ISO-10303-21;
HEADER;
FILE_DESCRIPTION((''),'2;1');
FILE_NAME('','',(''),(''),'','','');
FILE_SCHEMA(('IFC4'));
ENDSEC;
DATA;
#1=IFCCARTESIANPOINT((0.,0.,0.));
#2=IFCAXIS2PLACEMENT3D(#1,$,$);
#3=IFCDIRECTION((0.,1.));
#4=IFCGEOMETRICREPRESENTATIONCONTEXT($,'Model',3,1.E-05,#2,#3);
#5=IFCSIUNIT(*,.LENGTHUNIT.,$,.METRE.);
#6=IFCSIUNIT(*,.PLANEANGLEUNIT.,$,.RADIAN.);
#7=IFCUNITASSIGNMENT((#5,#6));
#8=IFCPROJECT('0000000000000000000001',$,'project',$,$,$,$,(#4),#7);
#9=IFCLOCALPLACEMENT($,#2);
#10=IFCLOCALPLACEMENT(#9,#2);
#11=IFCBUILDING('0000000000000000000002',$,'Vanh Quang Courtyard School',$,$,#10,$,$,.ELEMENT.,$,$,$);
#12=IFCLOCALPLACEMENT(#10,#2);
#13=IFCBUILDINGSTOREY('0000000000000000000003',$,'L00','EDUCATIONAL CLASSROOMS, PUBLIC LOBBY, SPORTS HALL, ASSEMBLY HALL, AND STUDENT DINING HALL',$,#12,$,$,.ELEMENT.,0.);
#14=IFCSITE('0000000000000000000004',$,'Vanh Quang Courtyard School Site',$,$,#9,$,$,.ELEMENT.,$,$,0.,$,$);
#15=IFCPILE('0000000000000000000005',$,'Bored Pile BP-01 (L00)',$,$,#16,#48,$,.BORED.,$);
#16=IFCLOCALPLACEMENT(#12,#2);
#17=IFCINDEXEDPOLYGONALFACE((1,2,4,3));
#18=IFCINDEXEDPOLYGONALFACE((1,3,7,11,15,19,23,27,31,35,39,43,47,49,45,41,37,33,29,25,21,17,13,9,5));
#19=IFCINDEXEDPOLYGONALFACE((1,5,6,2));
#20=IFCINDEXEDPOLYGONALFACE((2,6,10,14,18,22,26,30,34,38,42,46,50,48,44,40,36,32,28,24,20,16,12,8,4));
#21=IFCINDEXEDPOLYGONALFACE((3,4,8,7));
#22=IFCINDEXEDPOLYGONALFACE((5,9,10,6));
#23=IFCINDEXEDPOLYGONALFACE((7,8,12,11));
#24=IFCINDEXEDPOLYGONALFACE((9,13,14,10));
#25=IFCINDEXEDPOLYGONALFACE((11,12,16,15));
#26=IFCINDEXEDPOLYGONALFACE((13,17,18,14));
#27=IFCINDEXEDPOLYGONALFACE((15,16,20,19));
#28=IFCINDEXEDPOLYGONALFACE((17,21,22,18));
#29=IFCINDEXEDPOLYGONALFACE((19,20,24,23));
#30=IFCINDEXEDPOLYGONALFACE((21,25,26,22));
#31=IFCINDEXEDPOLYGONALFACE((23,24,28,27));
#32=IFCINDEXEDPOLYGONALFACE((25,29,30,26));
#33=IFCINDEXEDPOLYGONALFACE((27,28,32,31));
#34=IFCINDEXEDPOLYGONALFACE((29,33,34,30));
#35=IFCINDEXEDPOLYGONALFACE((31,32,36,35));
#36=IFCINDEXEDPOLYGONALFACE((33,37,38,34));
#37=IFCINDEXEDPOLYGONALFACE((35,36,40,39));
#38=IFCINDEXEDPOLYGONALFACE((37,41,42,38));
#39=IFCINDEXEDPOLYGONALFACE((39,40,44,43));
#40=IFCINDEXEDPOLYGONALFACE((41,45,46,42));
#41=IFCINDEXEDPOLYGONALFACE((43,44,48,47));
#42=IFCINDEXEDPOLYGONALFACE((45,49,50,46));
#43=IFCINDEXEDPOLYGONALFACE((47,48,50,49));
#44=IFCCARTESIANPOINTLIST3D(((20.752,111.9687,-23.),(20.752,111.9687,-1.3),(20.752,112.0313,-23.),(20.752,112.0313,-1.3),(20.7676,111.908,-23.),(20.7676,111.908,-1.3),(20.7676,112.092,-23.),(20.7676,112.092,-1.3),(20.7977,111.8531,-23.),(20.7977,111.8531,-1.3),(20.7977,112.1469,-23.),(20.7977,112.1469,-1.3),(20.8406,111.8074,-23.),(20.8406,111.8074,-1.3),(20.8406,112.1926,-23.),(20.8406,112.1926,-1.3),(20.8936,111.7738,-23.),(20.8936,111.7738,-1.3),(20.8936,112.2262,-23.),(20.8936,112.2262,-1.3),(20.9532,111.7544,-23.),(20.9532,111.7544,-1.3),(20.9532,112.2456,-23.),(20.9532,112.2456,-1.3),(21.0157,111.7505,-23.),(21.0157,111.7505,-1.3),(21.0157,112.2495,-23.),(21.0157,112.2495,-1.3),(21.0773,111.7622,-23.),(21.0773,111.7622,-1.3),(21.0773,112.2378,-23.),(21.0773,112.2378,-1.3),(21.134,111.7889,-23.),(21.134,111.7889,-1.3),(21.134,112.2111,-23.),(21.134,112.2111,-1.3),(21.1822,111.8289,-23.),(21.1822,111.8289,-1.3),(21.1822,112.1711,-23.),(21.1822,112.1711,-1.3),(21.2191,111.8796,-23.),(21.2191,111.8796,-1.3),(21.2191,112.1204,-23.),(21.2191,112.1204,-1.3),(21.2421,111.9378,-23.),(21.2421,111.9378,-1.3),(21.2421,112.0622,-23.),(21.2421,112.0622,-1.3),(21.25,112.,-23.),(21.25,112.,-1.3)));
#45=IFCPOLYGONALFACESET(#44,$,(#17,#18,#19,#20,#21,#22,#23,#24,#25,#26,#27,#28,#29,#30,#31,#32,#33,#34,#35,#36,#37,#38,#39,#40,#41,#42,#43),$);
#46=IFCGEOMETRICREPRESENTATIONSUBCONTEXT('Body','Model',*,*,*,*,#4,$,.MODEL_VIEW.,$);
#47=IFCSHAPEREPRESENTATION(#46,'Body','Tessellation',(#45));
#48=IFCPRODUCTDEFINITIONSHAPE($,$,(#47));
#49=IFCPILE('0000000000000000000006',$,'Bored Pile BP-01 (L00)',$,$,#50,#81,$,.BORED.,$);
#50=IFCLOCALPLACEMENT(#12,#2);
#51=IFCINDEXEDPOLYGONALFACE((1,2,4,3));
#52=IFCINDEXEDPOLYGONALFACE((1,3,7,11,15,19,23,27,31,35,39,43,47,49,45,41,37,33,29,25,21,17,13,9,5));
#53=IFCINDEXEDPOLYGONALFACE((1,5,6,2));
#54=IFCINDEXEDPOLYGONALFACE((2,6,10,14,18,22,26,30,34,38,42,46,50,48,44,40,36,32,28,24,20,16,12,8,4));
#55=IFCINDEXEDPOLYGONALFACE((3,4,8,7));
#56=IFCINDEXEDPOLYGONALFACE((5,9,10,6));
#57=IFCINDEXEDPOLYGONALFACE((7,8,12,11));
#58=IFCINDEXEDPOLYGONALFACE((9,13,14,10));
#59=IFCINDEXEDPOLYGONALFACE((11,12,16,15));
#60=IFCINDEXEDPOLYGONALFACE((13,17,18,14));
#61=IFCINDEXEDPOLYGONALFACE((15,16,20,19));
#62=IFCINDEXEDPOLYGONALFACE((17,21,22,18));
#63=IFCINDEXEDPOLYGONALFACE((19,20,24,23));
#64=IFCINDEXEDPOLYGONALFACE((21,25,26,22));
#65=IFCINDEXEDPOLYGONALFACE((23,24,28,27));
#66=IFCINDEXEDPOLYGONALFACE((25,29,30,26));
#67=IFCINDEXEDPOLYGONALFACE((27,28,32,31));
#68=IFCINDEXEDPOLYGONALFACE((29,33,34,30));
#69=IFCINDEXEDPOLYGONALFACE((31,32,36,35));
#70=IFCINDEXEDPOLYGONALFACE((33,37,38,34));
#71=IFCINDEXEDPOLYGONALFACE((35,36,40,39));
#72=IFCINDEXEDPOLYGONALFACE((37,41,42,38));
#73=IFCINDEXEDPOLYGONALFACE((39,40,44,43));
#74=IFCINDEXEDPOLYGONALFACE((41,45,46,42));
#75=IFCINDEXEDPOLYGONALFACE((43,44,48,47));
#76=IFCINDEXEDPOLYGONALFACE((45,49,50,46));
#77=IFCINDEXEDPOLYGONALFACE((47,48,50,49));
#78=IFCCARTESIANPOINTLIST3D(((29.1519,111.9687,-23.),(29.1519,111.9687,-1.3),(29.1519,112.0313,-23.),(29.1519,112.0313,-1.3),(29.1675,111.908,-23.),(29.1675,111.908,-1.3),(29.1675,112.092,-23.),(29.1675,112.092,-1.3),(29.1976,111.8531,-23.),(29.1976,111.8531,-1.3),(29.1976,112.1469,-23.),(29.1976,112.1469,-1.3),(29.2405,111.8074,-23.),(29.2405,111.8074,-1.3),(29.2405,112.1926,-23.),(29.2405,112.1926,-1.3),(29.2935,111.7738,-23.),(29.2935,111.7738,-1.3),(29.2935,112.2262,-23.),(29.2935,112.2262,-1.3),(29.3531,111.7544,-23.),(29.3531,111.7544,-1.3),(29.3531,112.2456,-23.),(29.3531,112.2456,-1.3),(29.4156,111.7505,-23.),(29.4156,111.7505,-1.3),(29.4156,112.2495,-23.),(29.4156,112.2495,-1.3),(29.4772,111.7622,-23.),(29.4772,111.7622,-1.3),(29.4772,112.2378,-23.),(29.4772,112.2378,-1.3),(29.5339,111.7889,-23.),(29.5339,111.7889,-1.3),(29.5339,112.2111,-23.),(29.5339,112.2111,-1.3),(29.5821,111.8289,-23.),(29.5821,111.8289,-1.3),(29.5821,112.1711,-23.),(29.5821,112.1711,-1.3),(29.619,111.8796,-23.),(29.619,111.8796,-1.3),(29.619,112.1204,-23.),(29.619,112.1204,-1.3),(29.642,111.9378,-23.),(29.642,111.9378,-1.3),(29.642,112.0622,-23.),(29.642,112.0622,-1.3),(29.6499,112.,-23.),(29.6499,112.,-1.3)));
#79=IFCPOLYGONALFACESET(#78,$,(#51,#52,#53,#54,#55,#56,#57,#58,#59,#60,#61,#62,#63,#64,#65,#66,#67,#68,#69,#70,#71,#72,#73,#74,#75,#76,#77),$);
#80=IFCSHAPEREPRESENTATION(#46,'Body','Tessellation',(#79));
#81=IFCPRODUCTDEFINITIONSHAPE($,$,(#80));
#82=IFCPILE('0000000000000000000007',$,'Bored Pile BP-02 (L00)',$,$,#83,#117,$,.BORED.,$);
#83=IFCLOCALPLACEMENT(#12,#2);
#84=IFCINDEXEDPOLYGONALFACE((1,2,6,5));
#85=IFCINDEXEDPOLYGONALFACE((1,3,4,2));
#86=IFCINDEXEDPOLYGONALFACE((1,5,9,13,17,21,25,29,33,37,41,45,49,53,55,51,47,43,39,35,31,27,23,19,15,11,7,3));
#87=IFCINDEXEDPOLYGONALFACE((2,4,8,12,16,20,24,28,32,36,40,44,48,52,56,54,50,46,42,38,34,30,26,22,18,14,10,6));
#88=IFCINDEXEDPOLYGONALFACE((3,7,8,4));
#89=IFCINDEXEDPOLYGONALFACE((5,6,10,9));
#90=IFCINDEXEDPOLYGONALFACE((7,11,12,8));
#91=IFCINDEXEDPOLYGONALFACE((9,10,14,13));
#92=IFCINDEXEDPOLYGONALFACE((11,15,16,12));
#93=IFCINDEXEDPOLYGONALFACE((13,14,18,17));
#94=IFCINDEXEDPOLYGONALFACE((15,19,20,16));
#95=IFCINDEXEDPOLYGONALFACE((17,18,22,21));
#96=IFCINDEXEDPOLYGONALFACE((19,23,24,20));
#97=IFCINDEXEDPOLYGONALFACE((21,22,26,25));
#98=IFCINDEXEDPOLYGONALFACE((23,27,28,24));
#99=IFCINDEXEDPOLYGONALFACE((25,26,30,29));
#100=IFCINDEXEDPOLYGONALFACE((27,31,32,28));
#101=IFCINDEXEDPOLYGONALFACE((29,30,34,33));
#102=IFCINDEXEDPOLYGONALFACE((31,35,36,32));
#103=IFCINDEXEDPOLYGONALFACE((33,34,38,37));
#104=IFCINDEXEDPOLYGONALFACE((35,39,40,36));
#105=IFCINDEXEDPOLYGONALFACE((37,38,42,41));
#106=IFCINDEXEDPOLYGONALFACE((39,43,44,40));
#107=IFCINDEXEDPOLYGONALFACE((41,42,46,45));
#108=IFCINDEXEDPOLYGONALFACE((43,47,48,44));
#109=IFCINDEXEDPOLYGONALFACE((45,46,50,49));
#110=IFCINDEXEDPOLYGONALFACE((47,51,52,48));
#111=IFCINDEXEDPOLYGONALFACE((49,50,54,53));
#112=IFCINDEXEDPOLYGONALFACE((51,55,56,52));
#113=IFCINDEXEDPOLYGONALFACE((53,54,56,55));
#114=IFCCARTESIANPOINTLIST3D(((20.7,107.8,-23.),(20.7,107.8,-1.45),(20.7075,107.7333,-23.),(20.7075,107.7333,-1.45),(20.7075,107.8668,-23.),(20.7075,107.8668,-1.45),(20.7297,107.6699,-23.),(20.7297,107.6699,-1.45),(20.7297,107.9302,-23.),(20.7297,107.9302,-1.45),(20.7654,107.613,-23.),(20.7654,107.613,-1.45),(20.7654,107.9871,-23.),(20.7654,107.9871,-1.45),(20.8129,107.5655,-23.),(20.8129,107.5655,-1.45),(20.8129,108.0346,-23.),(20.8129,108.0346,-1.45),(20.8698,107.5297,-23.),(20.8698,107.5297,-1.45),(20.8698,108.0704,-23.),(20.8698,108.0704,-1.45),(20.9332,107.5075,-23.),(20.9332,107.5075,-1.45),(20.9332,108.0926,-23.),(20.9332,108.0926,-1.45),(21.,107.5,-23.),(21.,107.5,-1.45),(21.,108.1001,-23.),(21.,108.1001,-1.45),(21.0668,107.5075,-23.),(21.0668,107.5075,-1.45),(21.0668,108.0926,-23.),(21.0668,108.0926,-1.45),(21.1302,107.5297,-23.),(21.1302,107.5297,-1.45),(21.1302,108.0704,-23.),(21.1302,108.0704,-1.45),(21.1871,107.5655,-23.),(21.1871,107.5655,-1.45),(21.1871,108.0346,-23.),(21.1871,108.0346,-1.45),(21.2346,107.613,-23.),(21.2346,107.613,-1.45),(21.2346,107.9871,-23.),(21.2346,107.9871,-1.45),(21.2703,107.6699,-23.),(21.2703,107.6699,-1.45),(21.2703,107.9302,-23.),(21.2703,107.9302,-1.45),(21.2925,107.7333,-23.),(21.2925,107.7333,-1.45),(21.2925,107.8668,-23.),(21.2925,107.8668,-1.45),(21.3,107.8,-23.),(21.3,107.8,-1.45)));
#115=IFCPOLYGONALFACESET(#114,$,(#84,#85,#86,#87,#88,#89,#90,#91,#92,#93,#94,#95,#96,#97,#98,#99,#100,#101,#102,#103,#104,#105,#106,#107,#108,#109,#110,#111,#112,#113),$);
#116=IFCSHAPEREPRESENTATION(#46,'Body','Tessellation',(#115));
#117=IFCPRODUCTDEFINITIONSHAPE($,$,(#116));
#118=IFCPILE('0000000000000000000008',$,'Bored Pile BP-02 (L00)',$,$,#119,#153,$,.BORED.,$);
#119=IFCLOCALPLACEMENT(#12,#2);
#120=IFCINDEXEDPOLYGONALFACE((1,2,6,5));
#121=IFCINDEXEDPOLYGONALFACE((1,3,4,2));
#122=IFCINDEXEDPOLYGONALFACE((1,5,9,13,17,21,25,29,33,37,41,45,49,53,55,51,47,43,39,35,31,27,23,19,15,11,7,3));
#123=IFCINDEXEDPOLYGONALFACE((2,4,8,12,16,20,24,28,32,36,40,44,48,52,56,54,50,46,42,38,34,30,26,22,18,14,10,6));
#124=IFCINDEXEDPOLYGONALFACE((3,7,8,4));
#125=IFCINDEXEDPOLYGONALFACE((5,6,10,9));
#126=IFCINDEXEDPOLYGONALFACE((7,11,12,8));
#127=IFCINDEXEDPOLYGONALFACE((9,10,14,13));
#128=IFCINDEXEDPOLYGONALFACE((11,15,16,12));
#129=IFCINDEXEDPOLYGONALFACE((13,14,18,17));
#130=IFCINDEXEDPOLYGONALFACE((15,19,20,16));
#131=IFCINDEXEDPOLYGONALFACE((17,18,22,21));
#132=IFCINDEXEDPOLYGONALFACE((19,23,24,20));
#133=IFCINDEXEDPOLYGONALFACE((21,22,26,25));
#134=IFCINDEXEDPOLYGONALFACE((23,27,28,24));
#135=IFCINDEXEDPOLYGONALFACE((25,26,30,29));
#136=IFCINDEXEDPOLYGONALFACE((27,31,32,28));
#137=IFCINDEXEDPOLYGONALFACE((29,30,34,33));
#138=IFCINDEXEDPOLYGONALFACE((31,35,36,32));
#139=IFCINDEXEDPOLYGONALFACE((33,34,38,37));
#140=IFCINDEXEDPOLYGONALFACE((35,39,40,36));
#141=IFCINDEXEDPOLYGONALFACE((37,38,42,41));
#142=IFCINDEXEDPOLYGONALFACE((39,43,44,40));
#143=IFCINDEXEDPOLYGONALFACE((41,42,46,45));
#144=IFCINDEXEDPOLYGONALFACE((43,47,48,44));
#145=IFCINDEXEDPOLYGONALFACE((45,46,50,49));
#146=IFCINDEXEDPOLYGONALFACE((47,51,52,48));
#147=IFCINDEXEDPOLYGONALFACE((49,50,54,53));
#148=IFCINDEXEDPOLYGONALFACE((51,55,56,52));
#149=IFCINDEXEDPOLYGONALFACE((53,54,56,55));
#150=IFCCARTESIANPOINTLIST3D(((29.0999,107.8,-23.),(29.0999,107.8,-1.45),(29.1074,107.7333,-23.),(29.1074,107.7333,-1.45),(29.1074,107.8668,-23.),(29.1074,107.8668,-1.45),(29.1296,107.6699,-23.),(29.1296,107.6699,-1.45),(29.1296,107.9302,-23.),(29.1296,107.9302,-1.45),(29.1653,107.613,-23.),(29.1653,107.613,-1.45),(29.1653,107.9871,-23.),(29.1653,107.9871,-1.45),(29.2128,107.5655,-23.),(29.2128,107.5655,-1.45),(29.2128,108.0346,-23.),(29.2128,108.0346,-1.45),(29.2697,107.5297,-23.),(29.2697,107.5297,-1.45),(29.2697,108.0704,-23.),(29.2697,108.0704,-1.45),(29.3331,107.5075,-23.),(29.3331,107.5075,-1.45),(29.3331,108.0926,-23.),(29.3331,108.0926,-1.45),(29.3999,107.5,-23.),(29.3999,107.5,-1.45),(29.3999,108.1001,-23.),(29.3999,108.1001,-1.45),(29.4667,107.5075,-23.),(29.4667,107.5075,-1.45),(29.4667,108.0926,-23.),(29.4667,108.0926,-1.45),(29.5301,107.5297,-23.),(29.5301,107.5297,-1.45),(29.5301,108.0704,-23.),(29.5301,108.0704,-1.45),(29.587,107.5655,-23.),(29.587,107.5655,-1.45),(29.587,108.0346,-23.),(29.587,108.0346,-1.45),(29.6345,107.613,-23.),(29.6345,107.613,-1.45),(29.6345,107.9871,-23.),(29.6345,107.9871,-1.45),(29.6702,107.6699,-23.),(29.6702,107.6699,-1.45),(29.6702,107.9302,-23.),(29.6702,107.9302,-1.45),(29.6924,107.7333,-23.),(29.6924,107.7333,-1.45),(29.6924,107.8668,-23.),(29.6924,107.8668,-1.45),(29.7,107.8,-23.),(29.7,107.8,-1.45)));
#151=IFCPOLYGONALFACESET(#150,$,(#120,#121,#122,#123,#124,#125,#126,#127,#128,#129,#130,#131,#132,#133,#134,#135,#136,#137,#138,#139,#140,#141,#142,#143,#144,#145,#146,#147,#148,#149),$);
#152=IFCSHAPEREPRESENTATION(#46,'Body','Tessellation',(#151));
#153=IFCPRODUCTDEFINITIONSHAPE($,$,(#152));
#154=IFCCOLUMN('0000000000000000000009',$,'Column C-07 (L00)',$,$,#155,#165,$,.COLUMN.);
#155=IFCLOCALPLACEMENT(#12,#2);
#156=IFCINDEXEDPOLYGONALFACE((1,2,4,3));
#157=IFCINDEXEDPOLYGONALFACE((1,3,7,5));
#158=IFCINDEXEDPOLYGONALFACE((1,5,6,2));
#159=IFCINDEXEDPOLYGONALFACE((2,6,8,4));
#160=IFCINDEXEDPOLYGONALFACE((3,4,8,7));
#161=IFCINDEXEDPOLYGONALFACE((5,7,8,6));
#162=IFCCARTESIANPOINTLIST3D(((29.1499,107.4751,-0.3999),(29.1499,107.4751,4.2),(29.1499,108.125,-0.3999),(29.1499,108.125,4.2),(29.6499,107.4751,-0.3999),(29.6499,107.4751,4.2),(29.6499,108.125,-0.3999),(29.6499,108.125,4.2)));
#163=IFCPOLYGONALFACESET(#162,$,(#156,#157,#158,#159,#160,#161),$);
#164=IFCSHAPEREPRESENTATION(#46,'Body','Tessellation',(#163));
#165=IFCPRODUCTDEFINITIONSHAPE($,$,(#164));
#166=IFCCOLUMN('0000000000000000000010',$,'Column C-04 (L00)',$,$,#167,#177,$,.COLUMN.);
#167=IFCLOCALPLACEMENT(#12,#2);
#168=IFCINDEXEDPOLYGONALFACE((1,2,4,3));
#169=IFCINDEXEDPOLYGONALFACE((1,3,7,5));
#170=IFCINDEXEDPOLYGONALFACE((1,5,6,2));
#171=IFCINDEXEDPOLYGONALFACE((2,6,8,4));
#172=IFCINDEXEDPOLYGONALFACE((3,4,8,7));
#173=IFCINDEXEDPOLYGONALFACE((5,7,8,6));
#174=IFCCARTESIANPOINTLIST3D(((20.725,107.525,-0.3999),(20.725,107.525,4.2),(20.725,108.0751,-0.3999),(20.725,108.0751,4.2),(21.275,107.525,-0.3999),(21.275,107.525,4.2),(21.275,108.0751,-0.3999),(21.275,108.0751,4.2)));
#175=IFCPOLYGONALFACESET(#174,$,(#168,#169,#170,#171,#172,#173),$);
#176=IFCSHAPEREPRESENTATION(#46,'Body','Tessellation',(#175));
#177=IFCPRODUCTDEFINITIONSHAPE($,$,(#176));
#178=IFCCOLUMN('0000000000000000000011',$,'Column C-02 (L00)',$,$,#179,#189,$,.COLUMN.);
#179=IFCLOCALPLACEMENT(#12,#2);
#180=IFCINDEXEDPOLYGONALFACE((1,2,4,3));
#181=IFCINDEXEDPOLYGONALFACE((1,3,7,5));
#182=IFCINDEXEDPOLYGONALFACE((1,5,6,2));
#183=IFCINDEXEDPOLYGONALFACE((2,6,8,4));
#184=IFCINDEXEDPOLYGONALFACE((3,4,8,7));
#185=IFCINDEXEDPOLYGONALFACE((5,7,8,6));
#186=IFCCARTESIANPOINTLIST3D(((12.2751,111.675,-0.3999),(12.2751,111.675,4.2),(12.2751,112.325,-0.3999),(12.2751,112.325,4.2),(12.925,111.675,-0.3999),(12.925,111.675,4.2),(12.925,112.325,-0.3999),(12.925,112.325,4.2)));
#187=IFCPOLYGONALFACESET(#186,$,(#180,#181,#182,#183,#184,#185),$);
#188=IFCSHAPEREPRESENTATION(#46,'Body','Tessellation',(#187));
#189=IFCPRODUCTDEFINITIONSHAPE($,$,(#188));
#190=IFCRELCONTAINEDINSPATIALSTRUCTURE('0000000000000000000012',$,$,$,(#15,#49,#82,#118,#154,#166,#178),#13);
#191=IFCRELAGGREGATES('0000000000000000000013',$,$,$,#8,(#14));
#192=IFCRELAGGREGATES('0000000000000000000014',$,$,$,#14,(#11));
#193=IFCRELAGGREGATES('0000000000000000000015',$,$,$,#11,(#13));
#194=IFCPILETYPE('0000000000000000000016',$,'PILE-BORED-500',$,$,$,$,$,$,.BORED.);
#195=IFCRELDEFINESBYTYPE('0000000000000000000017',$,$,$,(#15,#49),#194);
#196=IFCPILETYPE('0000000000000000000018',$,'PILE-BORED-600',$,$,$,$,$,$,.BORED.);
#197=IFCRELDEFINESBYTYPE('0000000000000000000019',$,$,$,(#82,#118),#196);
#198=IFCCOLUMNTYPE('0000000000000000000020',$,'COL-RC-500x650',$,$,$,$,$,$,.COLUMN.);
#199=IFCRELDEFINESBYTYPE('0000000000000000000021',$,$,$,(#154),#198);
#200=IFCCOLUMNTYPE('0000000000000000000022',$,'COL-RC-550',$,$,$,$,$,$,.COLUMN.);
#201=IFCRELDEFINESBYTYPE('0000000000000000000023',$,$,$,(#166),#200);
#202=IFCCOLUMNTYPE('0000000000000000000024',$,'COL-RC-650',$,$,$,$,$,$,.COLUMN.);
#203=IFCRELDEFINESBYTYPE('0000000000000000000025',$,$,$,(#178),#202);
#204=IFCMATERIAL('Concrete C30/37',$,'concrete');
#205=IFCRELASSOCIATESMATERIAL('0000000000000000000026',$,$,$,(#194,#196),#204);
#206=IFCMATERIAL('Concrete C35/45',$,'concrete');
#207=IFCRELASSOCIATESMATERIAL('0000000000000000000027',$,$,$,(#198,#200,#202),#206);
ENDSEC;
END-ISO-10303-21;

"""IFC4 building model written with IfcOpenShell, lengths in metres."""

from ifc_helpers import new_model, si_unit, direction, frame, origin, origin_2d, place, context, subcontext, project, spatial, rectangle, circle, extrude, material, material_profile, profile_set, type_object, element, save


model = new_model("IFC4")

# Units and contexts
model_context = context("Model", 3, precision=1e-05, world=origin(), true_north=direction((0.0, 1.0)))
body_context = subcontext(model_context, "Body", "Model", "MODEL_VIEW")
ifc_project = project(units=[si_unit("LENGTHUNIT", "METRE"), si_unit("PLANEANGLEUNIT", "RADIAN")], contexts=[model_context])

# Site, building, storey
site_placement = place(None, origin())
site = spatial("IfcSite", under=ifc_project, at=site_placement, Name="Vanh Quang Courtyard School Site", CompositionType="ELEMENT", RefElevation=0.0)
building_placement = place(site_placement, origin())
building = spatial("IfcBuilding", under=site, at=building_placement, Name="Vanh Quang Courtyard School", CompositionType="ELEMENT")
storey_placement = place(building_placement, origin())
storey = spatial("IfcBuildingStorey", under=building, at=storey_placement, Name="L00", Description="EDUCATIONAL CLASSROOMS, PUBLIC LOBBY, SPORTS HALL, ASSEMBLY HALL, AND STUDENT DINING HALL", CompositionType="ELEMENT", Elevation=0.0)

# Shared definitions
ifc_material_1 = material(Name="Concrete C35/45", Category="concrete")

# Piles
ifc_material_2 = material(Name="Concrete C30/37", Category="concrete")
ifc_material_profile_1 = material_profile(ifc_material_2, circle(Radius=0.25, at=origin_2d()), Name="PILE D500")
ifc_profile_set_1 = profile_set([ifc_material_profile_1], Name="Concrete C30/37")
pile_type_1 = type_object("IfcPileType", Name="PILE-BORED-500", PredefinedType="BORED", material=ifc_profile_set_1)
for number, where, z_axis, x_axis, name in (
    (1, (21.0, 112.0, -1.3), (0.0, 0.0, -1.0), (1.0, 0.0, 0.0), "Bored Pile BP-01 (L00)"),
    (2, (29.3999, 112.0, -1.3), (0.0, 0.0, -1.0), (1.0, 0.0, 0.0), "Bored Pile BP-01 (L00)"),
):
    element("IfcPile", number, at=place(storey_placement, frame(where, z_axis=z_axis, x_axis=x_axis)), inside=storey, type_object=pile_type_1, Name=name, PredefinedType="BORED", context=body_context, shape_type="SweptSolid", body=[
        extrude(circle(Radius=0.25, at=origin_2d()), origin(), (0.0, 0.0, 1.0), 21.7),
    ])
ifc_material_profile_2 = material_profile(ifc_material_2, circle(Radius=0.3, at=origin_2d()), Name="PILE D600")
ifc_profile_set_2 = profile_set([ifc_material_profile_2], Name="Concrete C30/37")
pile_type_2 = type_object("IfcPileType", Name="PILE-BORED-600", PredefinedType="BORED", material=ifc_profile_set_2)
for number, where, z_axis, x_axis, name in (
    (3, (21.0, 107.8, -1.45), (0.0, 0.0, -1.0), (1.0, 0.0, 0.0), "Bored Pile BP-02 (L00)"),
    (4, (29.3999, 107.8, -1.45), (0.0, 0.0, -1.0), (1.0, 0.0, 0.0), "Bored Pile BP-02 (L00)"),
):
    element("IfcPile", number, at=place(storey_placement, frame(where, z_axis=z_axis, x_axis=x_axis)), inside=storey, type_object=pile_type_2, Name=name, PredefinedType="BORED", context=body_context, shape_type="SweptSolid", body=[
        extrude(circle(Radius=0.3, at=origin_2d()), origin(), (0.0, 0.0, 1.0), 21.55),
    ])

# Columns
ifc_material_profile_3 = material_profile(ifc_material_1, rectangle(XDim=0.5, YDim=0.6499, at=origin_2d()), Name="RC-COL 500x650")
ifc_profile_set_3 = profile_set([ifc_material_profile_3], Name="Concrete C35/45")
column_type_1 = type_object("IfcColumnType", Name="COL-RC-500x650", PredefinedType="COLUMN", material=ifc_profile_set_3)
column_1_placement = place(storey_placement, frame((29.3999, 107.8, -0.3999), z_axis=(0.0, 0.0, 1.0), x_axis=(1.0, 0.0, 0.0)))
element("IfcColumn", 5, at=column_1_placement, inside=storey, type_object=column_type_1, Name="Column C-07 (L00)", PredefinedType="COLUMN", context=body_context, shape_type="SweptSolid", body=[
    extrude(rectangle(XDim=0.5, YDim=0.6499, at=origin_2d()), origin(), (0.0, 0.0, 1.0), 4.5999),
])
ifc_material_profile_4 = material_profile(ifc_material_1, rectangle(XDim=0.55, YDim=0.55, at=origin_2d()), Name="RC-COL 550x550")
ifc_profile_set_4 = profile_set([ifc_material_profile_4], Name="Concrete C35/45")
column_type_2 = type_object("IfcColumnType", Name="COL-RC-550", PredefinedType="COLUMN", material=ifc_profile_set_4)
column_2_placement = place(storey_placement, frame((21.0, 107.8, -0.3999), z_axis=(0.0, 0.0, 1.0), x_axis=(1.0, 0.0, 0.0)))
element("IfcColumn", 6, at=column_2_placement, inside=storey, type_object=column_type_2, Name="Column C-04 (L00)", PredefinedType="COLUMN", context=body_context, shape_type="SweptSolid", body=[
    extrude(rectangle(XDim=0.55, YDim=0.55, at=origin_2d()), origin(), (0.0, 0.0, 1.0), 4.5999),
])
ifc_material_profile_5 = material_profile(ifc_material_1, rectangle(XDim=0.6499, YDim=0.6499, at=origin_2d()), Name="RC-COL 650x650")
ifc_profile_set_5 = profile_set([ifc_material_profile_5], Name="Concrete C35/45")
column_type_3 = type_object("IfcColumnType", Name="COL-RC-650", PredefinedType="COLUMN", material=ifc_profile_set_5)
for number, where, z_axis, x_axis, name in (
    (7, (12.6001, 112.0, -0.3999), (0.0, 0.0, 1.0), (1.0, 0.0, 0.0), "Column C-02 (L00)"),
):
    element("IfcColumn", number, at=place(storey_placement, frame(where, z_axis=z_axis, x_axis=x_axis)), inside=storey, type_object=column_type_3, Name=name, PredefinedType="COLUMN", context=body_context, shape_type="SweptSolid", body=[
        extrude(rectangle(XDim=0.6499, YDim=0.6499, at=origin_2d()), origin(), (0.0, 0.0, 1.0), 4.5999),
    ])

save(model, "model.ifc")
